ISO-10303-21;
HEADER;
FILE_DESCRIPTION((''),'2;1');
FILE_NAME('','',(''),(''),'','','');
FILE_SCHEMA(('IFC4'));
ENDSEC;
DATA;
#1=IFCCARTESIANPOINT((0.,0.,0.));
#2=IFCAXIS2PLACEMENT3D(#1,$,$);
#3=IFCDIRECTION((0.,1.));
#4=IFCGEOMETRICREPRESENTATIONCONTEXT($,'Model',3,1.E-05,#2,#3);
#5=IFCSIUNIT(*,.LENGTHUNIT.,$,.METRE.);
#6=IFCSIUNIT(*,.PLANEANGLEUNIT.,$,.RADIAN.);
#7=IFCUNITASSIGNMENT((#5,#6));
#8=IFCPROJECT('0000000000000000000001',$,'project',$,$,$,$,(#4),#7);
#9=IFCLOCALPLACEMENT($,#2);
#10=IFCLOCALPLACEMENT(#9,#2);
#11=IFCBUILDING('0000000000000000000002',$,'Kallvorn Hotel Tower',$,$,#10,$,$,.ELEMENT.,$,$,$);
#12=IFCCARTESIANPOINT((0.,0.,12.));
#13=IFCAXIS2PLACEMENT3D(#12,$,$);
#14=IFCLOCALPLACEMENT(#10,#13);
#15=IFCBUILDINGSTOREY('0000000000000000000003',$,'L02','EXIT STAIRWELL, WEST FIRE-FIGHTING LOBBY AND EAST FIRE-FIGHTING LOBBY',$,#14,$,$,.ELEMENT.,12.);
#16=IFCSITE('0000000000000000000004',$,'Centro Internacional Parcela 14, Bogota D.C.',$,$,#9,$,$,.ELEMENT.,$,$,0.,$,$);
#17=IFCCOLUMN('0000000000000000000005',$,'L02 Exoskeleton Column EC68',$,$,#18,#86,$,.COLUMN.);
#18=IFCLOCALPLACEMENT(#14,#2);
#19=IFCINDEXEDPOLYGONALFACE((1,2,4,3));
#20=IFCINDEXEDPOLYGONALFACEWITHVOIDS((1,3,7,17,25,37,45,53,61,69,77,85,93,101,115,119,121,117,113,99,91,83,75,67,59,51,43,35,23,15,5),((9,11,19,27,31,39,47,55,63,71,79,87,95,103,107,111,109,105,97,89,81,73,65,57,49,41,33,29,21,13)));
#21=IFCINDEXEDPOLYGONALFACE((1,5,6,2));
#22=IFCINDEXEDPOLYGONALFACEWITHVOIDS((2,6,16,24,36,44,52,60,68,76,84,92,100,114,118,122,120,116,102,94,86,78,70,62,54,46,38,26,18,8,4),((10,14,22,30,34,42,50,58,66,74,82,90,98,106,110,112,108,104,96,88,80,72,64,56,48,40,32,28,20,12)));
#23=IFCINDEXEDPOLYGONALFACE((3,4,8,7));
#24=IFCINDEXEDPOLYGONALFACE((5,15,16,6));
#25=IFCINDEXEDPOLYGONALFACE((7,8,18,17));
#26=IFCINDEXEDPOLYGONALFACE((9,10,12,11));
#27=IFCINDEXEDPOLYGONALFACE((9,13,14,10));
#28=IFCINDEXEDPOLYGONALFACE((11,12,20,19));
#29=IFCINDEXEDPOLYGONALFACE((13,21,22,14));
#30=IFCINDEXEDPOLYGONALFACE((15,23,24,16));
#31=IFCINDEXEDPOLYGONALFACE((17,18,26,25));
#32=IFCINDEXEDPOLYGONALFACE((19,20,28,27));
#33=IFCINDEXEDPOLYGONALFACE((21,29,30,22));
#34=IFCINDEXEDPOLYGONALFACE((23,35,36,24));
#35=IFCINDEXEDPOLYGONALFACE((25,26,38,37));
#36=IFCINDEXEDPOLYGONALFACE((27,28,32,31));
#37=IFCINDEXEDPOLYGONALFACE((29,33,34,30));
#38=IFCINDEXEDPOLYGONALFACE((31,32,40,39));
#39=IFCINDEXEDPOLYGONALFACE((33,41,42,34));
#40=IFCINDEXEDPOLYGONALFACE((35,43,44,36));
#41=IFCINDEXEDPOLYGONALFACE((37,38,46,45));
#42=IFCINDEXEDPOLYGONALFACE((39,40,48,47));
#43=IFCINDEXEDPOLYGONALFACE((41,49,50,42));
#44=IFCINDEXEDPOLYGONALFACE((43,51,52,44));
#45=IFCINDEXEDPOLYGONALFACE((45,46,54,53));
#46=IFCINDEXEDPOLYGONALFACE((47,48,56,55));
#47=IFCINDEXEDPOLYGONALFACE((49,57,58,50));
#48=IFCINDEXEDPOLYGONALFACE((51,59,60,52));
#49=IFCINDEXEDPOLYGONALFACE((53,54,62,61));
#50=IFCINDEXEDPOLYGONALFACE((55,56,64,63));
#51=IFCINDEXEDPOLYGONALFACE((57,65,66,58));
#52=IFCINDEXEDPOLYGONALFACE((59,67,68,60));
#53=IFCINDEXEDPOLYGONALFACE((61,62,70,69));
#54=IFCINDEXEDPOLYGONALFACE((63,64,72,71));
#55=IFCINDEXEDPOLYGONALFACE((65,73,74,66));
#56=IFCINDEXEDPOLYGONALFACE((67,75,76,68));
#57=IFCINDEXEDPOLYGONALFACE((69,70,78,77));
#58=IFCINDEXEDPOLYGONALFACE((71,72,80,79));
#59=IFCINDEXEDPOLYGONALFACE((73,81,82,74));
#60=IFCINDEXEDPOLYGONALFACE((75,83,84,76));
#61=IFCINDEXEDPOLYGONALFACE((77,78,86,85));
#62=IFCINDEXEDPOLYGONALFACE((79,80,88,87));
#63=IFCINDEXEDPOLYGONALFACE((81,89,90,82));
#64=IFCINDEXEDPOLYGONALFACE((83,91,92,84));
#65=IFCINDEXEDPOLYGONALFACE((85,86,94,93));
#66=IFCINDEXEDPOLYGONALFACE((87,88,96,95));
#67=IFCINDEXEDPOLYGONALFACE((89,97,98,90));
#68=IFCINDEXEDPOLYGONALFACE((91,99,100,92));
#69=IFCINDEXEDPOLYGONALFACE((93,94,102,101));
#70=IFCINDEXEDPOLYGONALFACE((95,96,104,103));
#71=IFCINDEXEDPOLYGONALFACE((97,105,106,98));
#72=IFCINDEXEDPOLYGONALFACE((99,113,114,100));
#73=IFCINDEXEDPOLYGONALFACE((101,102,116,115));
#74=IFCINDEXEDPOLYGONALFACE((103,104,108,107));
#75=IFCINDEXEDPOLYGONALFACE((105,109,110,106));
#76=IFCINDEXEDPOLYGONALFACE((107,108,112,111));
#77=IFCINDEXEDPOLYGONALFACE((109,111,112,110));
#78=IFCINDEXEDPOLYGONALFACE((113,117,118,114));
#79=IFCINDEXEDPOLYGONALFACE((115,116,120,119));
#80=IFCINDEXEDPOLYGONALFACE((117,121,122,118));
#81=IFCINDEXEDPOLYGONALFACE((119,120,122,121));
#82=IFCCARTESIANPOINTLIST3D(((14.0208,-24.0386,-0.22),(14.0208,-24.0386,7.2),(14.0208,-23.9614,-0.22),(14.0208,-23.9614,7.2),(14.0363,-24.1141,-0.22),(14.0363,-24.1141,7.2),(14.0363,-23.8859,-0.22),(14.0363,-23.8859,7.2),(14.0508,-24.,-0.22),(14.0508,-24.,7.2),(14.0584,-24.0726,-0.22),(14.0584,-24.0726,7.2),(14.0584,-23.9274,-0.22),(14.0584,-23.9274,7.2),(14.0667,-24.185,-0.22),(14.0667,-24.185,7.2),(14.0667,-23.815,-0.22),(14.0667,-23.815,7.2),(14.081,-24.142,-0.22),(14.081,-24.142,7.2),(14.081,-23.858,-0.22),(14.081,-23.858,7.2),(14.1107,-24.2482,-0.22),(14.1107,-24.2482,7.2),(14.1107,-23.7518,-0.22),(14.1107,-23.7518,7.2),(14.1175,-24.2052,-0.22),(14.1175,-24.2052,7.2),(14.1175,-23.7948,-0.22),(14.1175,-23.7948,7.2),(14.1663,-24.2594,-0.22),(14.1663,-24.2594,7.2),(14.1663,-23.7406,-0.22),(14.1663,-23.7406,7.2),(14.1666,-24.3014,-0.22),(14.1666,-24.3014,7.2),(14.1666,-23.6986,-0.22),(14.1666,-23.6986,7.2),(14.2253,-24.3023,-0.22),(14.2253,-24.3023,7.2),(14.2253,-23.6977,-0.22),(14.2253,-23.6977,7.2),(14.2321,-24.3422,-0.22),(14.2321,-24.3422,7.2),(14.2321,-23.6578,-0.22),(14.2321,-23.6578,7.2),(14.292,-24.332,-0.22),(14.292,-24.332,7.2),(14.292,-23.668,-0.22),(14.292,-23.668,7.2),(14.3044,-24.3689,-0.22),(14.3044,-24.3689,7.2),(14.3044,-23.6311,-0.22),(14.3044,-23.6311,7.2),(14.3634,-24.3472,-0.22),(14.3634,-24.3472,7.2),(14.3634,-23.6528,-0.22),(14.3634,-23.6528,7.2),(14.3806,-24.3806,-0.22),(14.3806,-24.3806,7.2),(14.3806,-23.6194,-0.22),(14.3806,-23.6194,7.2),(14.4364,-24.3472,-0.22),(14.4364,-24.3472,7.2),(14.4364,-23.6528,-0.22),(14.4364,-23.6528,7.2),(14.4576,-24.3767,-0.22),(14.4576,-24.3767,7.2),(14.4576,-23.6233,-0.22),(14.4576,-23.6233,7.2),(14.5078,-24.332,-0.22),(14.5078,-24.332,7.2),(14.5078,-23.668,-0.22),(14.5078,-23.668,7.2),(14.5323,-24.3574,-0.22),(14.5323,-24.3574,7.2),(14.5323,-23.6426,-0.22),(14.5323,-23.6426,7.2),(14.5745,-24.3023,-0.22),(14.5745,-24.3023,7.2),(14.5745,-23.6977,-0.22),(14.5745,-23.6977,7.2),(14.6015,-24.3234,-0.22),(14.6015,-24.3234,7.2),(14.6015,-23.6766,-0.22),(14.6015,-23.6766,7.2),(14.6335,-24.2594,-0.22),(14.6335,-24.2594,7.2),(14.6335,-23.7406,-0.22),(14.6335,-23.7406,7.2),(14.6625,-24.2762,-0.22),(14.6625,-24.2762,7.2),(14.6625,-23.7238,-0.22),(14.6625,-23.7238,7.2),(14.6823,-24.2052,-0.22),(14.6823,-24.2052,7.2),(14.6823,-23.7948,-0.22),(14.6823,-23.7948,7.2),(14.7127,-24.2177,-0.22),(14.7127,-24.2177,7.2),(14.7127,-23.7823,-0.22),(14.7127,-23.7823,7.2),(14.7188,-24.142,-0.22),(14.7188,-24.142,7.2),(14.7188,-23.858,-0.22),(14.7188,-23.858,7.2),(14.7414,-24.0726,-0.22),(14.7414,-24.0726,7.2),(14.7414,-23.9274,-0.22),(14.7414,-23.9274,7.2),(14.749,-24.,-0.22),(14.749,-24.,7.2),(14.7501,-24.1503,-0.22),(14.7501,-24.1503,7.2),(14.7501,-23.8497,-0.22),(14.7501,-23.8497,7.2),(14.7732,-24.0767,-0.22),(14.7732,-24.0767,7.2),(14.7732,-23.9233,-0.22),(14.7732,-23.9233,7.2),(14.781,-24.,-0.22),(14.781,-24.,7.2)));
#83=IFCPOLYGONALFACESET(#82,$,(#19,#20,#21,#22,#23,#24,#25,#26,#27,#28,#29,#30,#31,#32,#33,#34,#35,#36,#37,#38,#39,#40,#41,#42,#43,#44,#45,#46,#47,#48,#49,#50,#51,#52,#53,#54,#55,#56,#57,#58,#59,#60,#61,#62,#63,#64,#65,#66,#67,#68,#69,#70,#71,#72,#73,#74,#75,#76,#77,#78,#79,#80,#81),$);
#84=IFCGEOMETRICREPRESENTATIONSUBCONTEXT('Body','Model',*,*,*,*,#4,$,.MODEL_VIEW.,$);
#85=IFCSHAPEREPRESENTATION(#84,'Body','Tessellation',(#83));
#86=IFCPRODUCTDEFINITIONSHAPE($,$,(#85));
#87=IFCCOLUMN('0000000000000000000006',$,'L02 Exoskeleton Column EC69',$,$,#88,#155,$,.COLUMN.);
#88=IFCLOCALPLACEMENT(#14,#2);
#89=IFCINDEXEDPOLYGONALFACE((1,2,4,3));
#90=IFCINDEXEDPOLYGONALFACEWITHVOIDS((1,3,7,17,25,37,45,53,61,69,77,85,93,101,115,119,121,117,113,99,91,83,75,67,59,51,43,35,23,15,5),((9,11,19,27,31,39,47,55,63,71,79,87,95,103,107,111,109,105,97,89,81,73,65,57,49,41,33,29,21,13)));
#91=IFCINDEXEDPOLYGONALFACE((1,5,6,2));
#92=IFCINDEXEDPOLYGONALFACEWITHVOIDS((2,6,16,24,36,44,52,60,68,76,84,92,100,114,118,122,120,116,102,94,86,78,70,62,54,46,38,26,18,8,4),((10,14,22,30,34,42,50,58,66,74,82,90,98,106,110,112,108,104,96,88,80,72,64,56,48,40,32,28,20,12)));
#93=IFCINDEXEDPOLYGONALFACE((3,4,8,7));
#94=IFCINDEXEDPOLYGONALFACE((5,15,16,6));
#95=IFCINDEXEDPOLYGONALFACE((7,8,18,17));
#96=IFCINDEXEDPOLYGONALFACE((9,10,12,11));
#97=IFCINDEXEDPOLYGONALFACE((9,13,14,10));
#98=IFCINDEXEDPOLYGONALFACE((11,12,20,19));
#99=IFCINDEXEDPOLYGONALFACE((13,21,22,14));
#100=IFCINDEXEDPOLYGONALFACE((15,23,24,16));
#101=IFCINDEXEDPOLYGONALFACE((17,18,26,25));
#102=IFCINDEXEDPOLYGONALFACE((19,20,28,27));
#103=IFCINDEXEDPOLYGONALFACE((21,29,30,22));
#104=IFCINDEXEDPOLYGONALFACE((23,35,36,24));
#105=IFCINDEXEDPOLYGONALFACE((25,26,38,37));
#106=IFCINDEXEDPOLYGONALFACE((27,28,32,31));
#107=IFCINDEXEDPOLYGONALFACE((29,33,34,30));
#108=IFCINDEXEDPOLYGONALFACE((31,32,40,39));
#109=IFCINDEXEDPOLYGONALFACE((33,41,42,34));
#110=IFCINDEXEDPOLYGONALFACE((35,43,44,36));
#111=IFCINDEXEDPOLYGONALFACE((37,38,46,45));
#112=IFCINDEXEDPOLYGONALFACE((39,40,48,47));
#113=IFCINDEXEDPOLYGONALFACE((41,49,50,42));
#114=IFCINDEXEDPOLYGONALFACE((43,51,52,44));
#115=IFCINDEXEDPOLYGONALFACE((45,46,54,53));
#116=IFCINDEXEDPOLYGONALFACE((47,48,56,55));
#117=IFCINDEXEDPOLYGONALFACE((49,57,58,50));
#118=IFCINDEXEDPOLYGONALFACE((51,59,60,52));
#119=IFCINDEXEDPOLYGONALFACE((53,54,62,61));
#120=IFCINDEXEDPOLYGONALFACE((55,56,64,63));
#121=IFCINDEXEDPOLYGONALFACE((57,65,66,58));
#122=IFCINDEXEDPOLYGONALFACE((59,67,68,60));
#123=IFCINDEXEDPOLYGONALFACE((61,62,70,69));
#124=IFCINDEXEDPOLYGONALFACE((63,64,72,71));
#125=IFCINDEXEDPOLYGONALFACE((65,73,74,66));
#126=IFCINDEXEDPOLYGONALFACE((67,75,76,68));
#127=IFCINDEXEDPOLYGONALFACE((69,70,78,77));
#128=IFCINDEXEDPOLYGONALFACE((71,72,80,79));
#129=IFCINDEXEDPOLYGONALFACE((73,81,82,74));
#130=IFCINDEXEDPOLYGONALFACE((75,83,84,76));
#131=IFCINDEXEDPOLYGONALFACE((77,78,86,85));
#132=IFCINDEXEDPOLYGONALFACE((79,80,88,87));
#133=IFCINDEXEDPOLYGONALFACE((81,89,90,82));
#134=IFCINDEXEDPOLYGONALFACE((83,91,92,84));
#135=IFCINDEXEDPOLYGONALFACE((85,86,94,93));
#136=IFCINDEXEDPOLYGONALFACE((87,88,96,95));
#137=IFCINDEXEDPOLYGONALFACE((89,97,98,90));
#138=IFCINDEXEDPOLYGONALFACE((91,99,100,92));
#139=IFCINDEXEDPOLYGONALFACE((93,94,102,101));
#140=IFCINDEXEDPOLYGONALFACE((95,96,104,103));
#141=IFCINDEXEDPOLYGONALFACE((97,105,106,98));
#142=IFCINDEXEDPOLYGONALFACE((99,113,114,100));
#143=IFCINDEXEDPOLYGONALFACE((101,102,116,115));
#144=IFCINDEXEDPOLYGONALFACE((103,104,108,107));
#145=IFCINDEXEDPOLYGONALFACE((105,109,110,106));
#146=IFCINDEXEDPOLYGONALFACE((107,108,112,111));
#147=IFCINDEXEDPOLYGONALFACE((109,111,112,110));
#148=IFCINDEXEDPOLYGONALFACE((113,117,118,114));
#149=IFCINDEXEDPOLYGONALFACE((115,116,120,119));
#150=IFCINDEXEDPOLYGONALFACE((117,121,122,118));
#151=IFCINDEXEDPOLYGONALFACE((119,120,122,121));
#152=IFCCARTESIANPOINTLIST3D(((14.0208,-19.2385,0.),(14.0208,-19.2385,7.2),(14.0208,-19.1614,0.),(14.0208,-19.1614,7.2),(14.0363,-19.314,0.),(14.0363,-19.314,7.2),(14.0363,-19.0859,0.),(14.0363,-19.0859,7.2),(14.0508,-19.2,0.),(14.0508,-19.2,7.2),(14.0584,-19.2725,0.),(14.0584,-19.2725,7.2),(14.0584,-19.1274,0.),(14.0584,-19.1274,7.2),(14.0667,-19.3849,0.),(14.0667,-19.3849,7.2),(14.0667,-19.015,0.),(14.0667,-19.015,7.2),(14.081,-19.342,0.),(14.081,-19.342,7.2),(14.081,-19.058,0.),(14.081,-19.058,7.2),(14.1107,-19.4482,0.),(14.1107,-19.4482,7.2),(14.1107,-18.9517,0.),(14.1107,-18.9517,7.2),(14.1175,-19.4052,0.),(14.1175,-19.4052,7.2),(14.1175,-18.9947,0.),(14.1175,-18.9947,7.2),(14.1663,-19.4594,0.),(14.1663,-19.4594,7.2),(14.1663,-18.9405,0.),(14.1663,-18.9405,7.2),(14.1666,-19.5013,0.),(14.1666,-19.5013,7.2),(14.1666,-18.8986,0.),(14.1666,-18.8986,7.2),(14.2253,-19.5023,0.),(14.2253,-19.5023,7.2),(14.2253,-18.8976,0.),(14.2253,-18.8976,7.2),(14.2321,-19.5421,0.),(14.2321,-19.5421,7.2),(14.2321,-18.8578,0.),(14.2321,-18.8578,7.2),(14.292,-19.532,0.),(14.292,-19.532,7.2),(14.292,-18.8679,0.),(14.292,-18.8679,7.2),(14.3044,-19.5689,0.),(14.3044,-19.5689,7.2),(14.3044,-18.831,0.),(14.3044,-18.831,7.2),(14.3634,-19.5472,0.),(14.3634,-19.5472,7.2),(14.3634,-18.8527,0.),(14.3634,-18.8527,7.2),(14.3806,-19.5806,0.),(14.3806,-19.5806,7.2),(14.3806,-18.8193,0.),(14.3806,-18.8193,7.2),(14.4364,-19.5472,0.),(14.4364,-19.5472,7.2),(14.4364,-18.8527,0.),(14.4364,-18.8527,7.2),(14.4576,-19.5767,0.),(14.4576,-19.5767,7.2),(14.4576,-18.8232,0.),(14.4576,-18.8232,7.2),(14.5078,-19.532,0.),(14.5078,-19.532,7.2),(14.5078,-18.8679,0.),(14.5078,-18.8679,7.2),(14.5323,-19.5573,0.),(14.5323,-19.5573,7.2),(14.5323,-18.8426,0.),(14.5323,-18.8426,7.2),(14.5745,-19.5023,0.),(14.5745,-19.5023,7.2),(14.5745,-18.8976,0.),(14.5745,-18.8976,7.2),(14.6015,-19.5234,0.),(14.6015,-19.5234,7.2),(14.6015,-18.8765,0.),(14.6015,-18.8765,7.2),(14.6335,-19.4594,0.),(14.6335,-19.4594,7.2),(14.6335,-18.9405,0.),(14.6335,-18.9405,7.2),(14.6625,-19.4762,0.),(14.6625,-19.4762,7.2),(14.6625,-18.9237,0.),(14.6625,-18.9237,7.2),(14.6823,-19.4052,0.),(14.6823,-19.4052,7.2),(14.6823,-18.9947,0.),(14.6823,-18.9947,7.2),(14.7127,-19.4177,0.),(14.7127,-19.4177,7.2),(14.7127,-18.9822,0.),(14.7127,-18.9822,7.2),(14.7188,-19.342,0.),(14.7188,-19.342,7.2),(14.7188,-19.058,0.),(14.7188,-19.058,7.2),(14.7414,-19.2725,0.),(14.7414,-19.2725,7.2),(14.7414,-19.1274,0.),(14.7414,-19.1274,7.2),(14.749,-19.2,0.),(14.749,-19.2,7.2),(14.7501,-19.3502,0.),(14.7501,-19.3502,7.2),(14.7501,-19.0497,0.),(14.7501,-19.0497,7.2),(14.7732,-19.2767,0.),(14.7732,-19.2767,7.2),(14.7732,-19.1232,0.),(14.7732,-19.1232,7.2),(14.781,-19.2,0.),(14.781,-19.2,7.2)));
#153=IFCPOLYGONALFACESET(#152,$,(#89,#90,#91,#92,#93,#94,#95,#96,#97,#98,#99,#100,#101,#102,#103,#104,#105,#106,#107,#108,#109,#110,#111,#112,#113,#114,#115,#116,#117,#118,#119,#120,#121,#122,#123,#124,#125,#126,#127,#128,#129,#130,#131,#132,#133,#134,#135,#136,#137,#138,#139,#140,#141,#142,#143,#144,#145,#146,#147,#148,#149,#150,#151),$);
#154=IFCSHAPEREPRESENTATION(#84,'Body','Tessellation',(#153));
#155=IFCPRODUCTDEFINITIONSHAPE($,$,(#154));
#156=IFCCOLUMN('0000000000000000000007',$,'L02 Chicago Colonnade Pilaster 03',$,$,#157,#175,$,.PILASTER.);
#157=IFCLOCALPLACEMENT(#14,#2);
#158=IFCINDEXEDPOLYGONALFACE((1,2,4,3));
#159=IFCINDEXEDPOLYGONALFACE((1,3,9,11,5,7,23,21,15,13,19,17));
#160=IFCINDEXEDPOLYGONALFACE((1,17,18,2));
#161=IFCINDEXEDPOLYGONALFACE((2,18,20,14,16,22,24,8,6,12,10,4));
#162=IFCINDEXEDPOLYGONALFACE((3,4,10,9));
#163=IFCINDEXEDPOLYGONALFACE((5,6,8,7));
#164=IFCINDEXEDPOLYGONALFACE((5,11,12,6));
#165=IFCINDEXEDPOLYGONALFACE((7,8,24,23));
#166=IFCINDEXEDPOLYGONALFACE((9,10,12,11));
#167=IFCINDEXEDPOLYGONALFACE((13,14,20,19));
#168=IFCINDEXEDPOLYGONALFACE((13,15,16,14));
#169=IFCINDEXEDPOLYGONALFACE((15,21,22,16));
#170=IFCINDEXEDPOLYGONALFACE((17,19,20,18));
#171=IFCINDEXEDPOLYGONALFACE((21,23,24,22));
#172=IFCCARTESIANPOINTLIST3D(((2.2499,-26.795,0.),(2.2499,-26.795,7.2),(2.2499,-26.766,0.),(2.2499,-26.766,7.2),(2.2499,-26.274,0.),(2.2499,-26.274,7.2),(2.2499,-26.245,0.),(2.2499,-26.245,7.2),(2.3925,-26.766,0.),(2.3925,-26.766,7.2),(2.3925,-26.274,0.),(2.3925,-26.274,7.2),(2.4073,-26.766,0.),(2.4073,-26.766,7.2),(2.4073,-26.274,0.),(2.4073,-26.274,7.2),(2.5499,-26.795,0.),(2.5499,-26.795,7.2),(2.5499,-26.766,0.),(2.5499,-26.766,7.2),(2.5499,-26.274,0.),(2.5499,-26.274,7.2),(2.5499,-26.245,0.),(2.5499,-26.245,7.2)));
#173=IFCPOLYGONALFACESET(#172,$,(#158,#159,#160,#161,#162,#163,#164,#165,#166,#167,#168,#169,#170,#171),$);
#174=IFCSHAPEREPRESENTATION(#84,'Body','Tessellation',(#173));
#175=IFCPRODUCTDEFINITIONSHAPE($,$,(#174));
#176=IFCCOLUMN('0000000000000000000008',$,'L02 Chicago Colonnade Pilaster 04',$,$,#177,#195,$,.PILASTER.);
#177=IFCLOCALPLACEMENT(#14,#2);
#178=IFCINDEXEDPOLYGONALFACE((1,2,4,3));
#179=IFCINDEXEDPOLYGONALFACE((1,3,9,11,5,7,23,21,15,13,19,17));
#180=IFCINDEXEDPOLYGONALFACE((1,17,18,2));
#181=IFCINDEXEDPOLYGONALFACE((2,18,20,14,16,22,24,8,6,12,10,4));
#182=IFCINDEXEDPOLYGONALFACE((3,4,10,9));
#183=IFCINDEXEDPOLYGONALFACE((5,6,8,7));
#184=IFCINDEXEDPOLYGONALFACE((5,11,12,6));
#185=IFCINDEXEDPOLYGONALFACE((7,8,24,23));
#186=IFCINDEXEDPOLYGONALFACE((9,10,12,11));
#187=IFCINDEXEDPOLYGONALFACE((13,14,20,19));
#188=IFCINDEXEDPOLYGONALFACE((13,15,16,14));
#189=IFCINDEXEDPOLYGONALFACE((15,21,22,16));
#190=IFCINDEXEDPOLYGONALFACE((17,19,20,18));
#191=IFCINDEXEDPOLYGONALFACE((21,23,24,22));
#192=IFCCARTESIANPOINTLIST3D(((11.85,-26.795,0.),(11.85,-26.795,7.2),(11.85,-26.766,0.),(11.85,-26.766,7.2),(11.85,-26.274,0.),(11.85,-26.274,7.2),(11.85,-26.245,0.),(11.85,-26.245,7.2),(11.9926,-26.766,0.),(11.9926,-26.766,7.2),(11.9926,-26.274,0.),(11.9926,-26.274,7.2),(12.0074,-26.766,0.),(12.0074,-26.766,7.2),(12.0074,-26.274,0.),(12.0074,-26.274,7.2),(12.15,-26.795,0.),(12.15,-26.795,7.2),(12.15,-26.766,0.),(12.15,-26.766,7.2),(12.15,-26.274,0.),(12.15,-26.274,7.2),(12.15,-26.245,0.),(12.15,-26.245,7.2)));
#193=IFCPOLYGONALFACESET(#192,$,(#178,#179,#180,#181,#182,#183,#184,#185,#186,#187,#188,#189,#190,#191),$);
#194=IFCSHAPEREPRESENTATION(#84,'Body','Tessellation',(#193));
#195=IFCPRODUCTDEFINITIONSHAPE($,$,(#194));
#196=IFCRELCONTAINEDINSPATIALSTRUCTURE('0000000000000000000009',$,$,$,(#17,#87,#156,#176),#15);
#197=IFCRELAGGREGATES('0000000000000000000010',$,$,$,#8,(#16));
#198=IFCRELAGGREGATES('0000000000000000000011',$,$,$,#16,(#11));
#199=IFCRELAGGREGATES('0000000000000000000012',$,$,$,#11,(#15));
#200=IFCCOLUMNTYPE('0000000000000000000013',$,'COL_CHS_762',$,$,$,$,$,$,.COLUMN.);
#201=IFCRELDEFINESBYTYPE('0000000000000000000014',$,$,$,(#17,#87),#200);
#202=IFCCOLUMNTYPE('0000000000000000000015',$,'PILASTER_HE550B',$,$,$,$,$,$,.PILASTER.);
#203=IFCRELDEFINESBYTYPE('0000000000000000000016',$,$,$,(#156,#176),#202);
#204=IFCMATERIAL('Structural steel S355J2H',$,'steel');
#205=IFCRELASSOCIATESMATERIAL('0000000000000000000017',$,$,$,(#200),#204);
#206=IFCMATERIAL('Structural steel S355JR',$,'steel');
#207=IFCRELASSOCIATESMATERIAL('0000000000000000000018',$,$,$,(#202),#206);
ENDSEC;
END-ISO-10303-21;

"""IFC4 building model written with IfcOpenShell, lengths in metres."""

from ifc_helpers import new_model, si_unit, direction, frame, origin, origin_2d, place, context, subcontext, project, spatial, hollow_circle, i_section, extrude, material, material_profile, profile_set, type_object, element, save


model = new_model("IFC4")

# Units and contexts
model_context = context("Model", 3, precision=1e-05, world=origin(), true_north=direction((0.0, 1.0)))
body_context = subcontext(model_context, "Body", "Model", "MODEL_VIEW")
ifc_project = project(units=[si_unit("LENGTHUNIT", "METRE"), si_unit("PLANEANGLEUNIT", "RADIAN")], contexts=[model_context])

# Site, building, storey
site_placement = place(None, origin())
site = spatial("IfcSite", under=ifc_project, at=site_placement, Name="Centro Internacional Parcela 14, Bogota D.C.", CompositionType="ELEMENT", RefElevation=0.0)
building_placement = place(site_placement, origin())
building = spatial("IfcBuilding", under=site, at=building_placement, Name="Kallvorn Hotel Tower", CompositionType="ELEMENT")
storey_placement = place(building_placement, frame((0.0, 0.0, 12.0)))
storey = spatial("IfcBuildingStorey", under=building, at=storey_placement, Name="L02", Description="EXIT STAIRWELL, WEST FIRE-FIGHTING LOBBY AND EAST FIRE-FIGHTING LOBBY", CompositionType="ELEMENT", Elevation=12.0)

# Columns
ifc_material_1 = material(Name="Structural steel S355J2H", Category="steel")
ifc_material_profile_1 = material_profile(ifc_material_1, hollow_circle(Radius=0.3811, WallThickness=0.032, at=origin_2d()), Name="CHS 762x32")
ifc_profile_set_1 = profile_set([ifc_material_profile_1], Name="Structural steel S355J2H")
column_type_1 = type_object("IfcColumnType", Name="COL_CHS_762", PredefinedType="COLUMN", material=ifc_profile_set_1)
column_1_placement = place(storey_placement, frame((14.3999, -24.0, -0.22), z_axis=(0.0, 0.0, 1.0), x_axis=(1.0, 0.0, 0.0)))
element("IfcColumn", 1, at=column_1_placement, inside=storey, type_object=column_type_1, Name="L02 Exoskeleton Column EC68", PredefinedType="COLUMN", context=body_context, shape_type="SweptSolid", body=[
    extrude(hollow_circle(Radius=0.3811, WallThickness=0.032, at=origin_2d()), origin(), (0.0, 0.0, 1.0), 7.4199),
])
column_2_placement = place(storey_placement, frame((14.3999, -19.2, 0.0), z_axis=(0.0, 0.0, 1.0), x_axis=(1.0, 0.0, 0.0)))
element("IfcColumn", 2, at=column_2_placement, inside=storey, type_object=column_type_1, Name="L02 Exoskeleton Column EC69", PredefinedType="COLUMN", context=body_context, shape_type="SweptSolid", body=[
    extrude(hollow_circle(Radius=0.3811, WallThickness=0.032, at=origin_2d()), origin(), (0.0, 0.0, 1.0), 7.2),
])
ifc_material_2 = material(Name="Structural steel S355JR", Category="steel")
ifc_material_profile_2 = material_profile(ifc_material_2, i_section(OverallWidth=0.3, OverallDepth=0.55, WebThickness=0.0149, FlangeThickness=0.0291, at=origin_2d()), Name="HE 550 B")
ifc_profile_set_2 = profile_set([ifc_material_profile_2], Name="Structural steel S355JR")
column_type_2 = type_object("IfcColumnType", Name="PILASTER_HE550B", PredefinedType="PILASTER", material=ifc_profile_set_2)
for number, where, z_axis, x_axis, name in (
    (3, (2.3999, -26.52, 0.0), (0.0, 0.0, 1.0), (1.0, 0.0, 0.0), "L02 Chicago Colonnade Pilaster 03"),
    (4, (12.0, -26.52, 0.0), (0.0, 0.0, 1.0), (1.0, 0.0, 0.0), "L02 Chicago Colonnade Pilaster 04"),
):
    element("IfcColumn", number, at=place(storey_placement, frame(where, z_axis=z_axis, x_axis=x_axis)), inside=storey, type_object=column_type_2, Name=name, PredefinedType="PILASTER", context=body_context, shape_type="SweptSolid", body=[
        extrude(i_section(OverallWidth=0.3, OverallDepth=0.55, WebThickness=0.0149, FlangeThickness=0.0291, at=origin_2d()), origin(), (0.0, 0.0, 1.0), 7.2),
    ])

save(model, "model.ifc")
